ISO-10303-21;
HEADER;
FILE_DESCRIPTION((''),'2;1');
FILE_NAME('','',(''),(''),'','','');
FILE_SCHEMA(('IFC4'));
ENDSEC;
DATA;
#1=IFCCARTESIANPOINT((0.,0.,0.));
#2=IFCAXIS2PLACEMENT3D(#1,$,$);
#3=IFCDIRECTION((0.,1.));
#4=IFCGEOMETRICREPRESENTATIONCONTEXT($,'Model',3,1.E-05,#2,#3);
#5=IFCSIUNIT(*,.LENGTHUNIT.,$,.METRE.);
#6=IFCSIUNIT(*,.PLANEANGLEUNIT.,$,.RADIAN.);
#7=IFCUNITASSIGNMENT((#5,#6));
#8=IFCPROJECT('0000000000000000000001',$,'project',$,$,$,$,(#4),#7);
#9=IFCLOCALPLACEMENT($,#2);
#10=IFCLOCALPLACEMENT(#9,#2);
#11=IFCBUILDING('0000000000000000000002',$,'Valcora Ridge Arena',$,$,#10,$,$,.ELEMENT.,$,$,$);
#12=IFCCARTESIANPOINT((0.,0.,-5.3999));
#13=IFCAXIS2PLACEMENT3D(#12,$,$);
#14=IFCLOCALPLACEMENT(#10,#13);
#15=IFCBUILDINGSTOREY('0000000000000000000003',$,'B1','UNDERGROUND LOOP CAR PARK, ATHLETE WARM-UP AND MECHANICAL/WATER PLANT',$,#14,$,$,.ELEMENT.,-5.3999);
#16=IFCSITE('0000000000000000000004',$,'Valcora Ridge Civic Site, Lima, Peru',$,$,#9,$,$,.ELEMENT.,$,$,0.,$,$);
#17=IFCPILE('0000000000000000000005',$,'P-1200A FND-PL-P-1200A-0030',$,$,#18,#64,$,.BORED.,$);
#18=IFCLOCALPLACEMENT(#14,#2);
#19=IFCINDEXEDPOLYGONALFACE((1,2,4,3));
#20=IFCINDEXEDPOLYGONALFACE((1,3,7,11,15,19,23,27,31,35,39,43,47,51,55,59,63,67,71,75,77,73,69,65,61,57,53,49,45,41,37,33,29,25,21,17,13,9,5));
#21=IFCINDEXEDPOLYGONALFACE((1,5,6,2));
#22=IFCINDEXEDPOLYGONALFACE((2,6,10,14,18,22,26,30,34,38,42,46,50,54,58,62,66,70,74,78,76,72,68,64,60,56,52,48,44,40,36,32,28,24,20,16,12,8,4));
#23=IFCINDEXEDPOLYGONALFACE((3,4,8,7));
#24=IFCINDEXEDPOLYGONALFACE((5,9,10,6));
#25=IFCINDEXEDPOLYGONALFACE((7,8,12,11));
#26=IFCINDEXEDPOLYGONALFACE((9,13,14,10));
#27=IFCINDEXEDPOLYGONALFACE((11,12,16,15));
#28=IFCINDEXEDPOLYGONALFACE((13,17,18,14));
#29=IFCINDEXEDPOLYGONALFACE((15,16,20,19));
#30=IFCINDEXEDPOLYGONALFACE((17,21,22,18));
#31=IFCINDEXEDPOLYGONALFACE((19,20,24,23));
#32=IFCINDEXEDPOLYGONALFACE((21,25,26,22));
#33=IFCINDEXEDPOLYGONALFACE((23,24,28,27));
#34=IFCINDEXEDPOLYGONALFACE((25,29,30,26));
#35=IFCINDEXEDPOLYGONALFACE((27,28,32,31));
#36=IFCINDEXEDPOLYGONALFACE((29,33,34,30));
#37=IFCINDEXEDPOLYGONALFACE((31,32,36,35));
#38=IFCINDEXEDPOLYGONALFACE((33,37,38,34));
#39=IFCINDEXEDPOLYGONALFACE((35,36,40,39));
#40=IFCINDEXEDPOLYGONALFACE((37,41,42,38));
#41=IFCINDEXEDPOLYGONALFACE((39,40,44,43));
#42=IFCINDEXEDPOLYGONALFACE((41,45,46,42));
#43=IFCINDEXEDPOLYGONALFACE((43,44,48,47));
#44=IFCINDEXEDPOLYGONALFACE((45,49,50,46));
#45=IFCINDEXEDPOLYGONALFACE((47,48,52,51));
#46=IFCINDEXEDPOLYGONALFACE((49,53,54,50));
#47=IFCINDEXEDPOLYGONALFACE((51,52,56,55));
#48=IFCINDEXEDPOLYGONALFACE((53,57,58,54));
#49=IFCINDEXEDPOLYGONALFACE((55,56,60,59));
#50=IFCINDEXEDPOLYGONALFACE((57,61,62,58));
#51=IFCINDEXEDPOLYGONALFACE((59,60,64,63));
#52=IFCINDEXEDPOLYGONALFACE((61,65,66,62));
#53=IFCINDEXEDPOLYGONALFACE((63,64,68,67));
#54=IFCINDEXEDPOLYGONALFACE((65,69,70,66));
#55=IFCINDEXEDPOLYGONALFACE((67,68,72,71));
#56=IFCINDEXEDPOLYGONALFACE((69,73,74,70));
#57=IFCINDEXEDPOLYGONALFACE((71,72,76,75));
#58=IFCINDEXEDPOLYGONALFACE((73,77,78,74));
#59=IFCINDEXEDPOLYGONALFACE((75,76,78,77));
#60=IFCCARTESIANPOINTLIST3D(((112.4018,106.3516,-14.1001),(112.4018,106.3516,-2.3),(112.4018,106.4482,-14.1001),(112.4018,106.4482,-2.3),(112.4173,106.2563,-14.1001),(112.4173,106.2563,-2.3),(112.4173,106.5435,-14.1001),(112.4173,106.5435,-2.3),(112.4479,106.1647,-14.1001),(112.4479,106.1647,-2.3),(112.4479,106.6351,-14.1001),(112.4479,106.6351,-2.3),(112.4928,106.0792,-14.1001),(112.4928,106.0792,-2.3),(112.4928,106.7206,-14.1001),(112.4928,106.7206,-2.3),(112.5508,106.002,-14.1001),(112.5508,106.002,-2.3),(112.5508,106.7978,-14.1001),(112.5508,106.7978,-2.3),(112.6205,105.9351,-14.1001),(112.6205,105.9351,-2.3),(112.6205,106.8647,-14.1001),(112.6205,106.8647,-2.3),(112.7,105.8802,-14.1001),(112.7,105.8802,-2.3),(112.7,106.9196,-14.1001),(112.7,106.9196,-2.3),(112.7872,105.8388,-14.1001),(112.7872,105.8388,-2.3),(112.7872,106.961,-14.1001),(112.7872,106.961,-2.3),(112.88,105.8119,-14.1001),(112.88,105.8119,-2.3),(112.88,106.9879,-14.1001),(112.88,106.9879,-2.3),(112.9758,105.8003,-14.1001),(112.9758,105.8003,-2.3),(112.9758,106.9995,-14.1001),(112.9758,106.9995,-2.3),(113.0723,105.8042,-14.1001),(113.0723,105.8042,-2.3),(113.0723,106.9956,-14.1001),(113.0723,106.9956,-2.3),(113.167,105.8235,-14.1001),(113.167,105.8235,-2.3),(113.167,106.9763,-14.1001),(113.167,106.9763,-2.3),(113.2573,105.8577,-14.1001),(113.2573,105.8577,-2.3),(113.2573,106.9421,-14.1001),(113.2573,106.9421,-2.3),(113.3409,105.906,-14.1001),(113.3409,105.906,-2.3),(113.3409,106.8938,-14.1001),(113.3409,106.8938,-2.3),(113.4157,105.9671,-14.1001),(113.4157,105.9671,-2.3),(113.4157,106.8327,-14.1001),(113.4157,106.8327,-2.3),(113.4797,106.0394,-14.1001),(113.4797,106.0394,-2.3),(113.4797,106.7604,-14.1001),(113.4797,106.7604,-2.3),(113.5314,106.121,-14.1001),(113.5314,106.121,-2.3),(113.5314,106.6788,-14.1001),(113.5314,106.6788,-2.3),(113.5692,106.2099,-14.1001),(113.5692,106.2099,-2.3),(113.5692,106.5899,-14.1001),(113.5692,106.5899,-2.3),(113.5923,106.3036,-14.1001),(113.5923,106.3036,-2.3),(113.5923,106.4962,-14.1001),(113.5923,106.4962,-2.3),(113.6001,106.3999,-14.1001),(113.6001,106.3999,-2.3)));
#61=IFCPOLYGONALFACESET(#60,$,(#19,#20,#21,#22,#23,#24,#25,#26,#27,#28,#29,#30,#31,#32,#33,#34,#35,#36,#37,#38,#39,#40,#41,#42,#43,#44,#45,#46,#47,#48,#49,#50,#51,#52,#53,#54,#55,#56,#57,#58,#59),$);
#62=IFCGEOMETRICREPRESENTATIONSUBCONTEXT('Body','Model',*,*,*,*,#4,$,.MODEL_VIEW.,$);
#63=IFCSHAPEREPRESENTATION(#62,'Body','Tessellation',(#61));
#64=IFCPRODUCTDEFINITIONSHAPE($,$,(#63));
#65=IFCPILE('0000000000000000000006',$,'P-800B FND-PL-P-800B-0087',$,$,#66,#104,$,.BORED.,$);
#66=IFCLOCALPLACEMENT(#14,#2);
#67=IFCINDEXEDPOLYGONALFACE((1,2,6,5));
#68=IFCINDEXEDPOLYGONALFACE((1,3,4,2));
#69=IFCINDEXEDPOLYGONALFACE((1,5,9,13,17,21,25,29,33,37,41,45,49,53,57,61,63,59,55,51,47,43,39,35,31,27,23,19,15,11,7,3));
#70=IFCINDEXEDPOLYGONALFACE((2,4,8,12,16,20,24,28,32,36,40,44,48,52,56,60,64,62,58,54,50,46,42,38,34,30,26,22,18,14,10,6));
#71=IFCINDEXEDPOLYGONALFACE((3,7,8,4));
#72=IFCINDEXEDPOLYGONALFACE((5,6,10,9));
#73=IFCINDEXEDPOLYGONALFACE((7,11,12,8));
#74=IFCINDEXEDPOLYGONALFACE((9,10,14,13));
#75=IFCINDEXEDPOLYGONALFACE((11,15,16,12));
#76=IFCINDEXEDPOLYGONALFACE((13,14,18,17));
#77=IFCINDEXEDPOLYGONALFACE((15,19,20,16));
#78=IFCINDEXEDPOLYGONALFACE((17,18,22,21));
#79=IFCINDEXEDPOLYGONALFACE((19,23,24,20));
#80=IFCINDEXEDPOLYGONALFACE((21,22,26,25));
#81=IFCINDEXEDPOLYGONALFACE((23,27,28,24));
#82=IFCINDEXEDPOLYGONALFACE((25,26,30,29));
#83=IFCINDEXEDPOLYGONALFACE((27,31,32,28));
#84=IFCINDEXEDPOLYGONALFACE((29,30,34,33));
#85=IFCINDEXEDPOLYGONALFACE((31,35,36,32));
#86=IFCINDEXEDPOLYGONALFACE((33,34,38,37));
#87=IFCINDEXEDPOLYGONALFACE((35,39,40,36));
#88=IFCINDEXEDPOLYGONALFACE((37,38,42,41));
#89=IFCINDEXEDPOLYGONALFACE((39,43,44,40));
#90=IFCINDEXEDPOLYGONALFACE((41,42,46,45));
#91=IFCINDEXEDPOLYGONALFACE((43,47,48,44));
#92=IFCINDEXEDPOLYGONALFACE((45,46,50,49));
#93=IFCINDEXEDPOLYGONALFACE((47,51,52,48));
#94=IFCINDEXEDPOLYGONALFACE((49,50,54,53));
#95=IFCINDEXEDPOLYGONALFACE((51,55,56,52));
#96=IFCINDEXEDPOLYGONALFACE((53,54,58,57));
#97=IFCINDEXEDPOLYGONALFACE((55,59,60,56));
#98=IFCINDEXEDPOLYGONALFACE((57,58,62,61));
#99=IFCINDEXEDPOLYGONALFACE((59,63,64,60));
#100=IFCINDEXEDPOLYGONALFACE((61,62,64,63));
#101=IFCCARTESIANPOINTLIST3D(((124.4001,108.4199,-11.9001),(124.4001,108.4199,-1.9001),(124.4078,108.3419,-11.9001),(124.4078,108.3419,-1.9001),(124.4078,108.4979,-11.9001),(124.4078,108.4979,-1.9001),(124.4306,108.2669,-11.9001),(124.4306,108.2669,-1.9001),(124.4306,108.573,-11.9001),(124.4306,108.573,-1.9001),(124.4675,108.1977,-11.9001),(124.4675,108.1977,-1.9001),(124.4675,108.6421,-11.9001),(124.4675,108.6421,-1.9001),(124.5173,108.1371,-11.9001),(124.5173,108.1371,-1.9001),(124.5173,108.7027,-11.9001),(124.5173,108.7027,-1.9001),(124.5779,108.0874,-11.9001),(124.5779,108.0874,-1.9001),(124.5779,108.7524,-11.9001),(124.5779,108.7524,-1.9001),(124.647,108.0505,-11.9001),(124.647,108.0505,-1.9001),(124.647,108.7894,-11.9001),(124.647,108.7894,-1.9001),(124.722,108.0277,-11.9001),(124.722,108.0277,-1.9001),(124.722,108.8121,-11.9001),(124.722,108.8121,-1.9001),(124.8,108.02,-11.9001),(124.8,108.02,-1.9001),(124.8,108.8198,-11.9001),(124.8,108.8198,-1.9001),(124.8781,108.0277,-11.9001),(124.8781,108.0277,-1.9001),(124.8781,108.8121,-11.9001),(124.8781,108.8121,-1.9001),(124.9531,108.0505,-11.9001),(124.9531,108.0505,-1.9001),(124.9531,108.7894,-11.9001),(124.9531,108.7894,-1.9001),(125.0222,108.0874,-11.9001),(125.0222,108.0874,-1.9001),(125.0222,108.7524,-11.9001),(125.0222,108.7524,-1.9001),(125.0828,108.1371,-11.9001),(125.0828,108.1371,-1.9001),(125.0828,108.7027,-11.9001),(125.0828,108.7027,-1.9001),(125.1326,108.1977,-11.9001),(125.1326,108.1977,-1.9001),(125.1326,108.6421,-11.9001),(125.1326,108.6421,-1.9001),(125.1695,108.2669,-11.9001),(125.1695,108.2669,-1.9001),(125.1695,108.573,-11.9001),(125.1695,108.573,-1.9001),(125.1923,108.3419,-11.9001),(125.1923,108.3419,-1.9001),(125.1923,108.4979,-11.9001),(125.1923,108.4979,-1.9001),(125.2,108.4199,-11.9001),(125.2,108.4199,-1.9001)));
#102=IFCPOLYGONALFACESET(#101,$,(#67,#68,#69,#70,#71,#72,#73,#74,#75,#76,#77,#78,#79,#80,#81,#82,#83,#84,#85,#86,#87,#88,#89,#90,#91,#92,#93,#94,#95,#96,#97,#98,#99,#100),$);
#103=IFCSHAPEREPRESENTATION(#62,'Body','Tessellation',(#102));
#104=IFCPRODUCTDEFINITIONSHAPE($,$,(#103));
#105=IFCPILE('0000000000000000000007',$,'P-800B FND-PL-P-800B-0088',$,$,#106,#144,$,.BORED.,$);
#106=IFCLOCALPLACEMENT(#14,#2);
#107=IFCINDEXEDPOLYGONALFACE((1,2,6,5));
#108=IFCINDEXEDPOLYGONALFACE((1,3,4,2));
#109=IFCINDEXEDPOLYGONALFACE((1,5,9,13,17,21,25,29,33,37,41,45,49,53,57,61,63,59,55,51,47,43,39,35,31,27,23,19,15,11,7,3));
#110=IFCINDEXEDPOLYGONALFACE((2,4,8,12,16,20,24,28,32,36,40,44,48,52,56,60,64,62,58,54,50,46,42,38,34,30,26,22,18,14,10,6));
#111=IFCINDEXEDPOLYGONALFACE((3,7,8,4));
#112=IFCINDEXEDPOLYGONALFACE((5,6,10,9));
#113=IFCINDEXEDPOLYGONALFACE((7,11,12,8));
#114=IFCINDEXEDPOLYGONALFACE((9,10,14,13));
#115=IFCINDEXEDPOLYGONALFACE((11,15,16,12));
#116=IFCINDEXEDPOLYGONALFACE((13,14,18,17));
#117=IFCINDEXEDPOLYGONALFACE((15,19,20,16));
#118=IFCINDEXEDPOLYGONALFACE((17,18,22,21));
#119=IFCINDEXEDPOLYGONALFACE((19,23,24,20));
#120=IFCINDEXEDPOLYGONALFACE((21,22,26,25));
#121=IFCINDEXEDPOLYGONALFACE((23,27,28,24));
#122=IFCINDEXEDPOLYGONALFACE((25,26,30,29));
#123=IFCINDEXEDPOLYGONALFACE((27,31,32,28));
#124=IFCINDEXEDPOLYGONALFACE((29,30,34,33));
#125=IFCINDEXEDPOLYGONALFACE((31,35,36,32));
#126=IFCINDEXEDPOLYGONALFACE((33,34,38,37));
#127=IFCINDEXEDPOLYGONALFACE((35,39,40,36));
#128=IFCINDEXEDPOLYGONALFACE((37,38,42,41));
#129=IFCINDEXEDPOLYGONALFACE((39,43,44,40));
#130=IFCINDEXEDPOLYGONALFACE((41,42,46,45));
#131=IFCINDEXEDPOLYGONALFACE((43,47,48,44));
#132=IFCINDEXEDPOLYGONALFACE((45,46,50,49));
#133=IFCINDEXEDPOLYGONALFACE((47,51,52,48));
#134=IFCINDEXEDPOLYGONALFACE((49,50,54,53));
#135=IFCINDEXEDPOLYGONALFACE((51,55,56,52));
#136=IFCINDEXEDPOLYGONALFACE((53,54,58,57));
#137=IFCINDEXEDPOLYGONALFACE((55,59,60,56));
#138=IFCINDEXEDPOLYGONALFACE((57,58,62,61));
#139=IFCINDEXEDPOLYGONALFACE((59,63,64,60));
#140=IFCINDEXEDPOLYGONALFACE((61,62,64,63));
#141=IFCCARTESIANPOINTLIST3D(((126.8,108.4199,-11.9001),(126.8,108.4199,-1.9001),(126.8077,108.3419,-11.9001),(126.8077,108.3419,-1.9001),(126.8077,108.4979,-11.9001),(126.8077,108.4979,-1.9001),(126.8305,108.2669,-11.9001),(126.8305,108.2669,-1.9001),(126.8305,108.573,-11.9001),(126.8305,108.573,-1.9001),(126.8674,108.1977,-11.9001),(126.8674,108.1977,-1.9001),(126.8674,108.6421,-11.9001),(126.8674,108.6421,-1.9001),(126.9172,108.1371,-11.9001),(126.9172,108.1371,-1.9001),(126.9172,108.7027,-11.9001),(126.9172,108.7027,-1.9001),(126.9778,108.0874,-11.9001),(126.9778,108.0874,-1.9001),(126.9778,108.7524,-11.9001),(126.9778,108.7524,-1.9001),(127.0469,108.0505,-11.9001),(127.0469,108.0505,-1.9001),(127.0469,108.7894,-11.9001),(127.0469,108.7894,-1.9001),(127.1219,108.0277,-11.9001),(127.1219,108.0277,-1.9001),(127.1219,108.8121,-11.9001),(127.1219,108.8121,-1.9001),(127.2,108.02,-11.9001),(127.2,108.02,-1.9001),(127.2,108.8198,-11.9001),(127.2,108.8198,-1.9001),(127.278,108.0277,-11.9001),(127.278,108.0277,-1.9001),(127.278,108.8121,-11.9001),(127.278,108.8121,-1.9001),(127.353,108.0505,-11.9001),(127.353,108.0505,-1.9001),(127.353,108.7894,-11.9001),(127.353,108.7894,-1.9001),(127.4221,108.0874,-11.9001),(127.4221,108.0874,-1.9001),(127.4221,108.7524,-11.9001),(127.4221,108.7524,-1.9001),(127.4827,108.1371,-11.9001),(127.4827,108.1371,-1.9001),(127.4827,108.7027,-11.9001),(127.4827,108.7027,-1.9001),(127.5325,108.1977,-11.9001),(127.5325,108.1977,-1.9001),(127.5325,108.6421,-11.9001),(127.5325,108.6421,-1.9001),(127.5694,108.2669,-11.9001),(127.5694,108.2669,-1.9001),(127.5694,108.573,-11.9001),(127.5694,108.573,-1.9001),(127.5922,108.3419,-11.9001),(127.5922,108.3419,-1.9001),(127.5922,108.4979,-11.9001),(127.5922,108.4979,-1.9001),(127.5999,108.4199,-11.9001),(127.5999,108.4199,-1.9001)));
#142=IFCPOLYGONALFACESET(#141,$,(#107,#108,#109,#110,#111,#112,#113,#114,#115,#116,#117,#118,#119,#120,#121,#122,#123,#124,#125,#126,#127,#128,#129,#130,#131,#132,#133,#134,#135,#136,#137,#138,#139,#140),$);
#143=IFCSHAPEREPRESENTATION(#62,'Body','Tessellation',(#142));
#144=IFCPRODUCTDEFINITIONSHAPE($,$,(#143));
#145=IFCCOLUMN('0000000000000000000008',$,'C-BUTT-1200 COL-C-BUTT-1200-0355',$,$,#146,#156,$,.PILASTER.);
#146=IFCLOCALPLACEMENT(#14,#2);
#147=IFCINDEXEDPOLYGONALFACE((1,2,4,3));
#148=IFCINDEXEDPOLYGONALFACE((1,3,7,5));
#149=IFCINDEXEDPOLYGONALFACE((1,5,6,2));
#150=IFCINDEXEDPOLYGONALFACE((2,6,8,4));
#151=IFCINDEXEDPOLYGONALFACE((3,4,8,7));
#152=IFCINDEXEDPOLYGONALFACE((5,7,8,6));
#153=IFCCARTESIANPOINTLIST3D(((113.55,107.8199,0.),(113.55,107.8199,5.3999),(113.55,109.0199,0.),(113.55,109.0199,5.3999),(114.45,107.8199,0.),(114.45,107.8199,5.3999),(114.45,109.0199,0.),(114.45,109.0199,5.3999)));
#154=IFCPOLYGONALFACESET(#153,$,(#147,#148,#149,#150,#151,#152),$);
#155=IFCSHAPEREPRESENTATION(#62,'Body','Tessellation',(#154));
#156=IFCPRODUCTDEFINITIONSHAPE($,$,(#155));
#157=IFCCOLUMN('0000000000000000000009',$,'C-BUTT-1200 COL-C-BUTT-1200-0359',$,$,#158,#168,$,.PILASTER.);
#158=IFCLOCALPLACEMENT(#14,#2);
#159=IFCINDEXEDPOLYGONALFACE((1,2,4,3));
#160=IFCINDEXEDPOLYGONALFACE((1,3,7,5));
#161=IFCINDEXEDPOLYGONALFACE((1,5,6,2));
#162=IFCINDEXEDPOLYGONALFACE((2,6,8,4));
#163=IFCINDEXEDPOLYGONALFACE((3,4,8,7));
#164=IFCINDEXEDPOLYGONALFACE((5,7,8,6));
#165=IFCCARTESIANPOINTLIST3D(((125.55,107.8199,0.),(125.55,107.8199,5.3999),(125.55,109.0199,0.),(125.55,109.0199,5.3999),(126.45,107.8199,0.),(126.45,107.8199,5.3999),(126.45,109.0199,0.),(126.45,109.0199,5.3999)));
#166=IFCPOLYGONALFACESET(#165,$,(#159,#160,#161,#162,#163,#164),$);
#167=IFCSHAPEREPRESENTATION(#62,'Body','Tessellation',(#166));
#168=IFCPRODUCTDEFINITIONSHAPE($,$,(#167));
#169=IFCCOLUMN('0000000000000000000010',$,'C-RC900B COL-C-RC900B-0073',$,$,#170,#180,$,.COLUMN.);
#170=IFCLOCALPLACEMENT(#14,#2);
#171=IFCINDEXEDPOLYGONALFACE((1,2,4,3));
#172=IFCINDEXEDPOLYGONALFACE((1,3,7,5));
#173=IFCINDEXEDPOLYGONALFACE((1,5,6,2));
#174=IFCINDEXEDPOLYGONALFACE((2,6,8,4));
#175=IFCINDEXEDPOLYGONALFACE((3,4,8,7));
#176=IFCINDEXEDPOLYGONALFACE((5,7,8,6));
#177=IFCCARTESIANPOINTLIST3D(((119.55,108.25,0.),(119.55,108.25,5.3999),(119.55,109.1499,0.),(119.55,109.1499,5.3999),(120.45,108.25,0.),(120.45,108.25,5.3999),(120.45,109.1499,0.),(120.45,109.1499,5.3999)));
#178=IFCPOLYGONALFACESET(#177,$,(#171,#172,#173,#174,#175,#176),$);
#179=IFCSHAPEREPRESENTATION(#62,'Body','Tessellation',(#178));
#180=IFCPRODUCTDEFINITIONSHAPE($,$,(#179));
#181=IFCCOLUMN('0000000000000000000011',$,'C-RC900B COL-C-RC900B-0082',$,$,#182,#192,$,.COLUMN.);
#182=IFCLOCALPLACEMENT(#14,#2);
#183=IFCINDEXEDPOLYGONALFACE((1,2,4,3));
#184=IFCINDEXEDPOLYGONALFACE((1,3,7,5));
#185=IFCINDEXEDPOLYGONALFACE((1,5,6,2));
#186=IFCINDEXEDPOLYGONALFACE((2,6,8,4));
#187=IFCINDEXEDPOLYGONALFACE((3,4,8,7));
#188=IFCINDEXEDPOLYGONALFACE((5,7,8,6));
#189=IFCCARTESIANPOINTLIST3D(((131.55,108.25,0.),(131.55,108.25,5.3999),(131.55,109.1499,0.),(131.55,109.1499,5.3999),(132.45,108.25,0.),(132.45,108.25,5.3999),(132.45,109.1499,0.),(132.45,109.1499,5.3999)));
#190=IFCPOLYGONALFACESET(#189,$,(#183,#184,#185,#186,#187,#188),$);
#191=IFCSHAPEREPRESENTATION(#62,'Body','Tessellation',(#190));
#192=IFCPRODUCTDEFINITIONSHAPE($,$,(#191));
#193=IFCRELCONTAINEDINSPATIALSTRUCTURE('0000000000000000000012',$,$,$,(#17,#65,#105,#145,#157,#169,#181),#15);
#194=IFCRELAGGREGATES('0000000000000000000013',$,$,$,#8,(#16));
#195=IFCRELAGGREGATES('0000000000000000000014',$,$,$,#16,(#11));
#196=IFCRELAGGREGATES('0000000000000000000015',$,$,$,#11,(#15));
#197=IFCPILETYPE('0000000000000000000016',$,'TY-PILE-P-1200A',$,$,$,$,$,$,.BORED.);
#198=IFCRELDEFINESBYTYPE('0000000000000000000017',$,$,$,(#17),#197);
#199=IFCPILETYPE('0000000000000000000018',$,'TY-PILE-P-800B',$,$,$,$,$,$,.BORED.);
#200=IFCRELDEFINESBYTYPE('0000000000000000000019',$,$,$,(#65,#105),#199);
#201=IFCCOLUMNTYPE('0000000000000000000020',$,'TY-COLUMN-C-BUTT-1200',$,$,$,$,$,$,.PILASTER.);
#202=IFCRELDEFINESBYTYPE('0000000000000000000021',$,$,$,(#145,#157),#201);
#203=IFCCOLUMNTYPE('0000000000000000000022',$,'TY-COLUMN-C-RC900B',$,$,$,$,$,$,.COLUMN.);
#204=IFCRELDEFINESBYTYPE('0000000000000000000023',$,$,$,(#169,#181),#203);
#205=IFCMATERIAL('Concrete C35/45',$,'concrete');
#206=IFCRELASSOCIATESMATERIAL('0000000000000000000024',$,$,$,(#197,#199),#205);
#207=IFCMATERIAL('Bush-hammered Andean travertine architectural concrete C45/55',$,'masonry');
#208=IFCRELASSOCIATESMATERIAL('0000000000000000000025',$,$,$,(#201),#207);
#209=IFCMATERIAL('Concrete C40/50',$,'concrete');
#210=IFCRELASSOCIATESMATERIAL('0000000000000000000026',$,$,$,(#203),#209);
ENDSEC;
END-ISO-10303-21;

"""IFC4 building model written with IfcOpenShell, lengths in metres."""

from ifc_helpers import new_model, si_unit, direction, frame, origin, origin_2d, place, context, subcontext, project, spatial, rectangle, circle, extrude, material, material_profile, profile_set, type_object, element, save


model = new_model("IFC4")

# Units and contexts
model_context = context("Model", 3, precision=1e-05, world=origin(), true_north=direction((0.0, 1.0)))
body_context = subcontext(model_context, "Body", "Model", "MODEL_VIEW")
ifc_project = project(units=[si_unit("LENGTHUNIT", "METRE"), si_unit("PLANEANGLEUNIT", "RADIAN")], contexts=[model_context])

# Site, building, storey
site_placement = place(None, origin())
site = spatial("IfcSite", under=ifc_project, at=site_placement, Name="Valcora Ridge Civic Site, Lima, Peru", CompositionType="ELEMENT", RefElevation=0.0)
building_placement = place(site_placement, origin())
building = spatial("IfcBuilding", under=site, at=building_placement, Name="Valcora Ridge Arena", CompositionType="ELEMENT")
storey_placement = place(building_placement, frame((0.0, 0.0, -5.3999)))
storey = spatial("IfcBuildingStorey", under=building, at=storey_placement, Name="B1", Description="UNDERGROUND LOOP CAR PARK, ATHLETE WARM-UP AND MECHANICAL/WATER PLANT", CompositionType="ELEMENT", Elevation=-5.3999)

# Shared definitions
ifc_material_1 = material(Name="Concrete C40/50", Category="concrete")

# Piles
ifc_material_2 = material(Name="Concrete C35/45", Category="concrete")
ifc_material_profile_1 = material_profile(ifc_material_2, circle(Radius=0.6001, at=origin_2d()), Name="BORED PILE D1200")
ifc_profile_set_1 = profile_set([ifc_material_profile_1], Name="Concrete C35/45")
pile_type_1 = type_object("IfcPileType", Name="TY-PILE-P-1200A", PredefinedType="BORED", material=ifc_profile_set_1)
for number, where, z_axis, x_axis, name in (
    (1, (113.0, 106.3999, -2.3), (0.0, 0.0, -1.0), (1.0, 0.0, 0.0), "P-1200A FND-PL-P-1200A-0030"),
):
    element("IfcPile", number, at=place(storey_placement, frame(where, z_axis=z_axis, x_axis=x_axis)), inside=storey, type_object=pile_type_1, Name=name, PredefinedType="BORED", context=body_context, shape_type="SweptSolid", body=[
        extrude(circle(Radius=0.6001, at=origin_2d()), origin(), (0.0, 0.0, 1.0), 11.8),
    ])
ifc_material_profile_2 = material_profile(ifc_material_2, circle(Radius=0.3999, at=origin_2d()), Name="BORED PILE D800")
ifc_profile_set_2 = profile_set([ifc_material_profile_2], Name="Concrete C35/45")
pile_type_2 = type_object("IfcPileType", Name="TY-PILE-P-800B", PredefinedType="BORED", material=ifc_profile_set_2)
for number, where, z_axis, x_axis, name in (
    (2, (124.8, 108.4199, -1.9001), (0.0, 0.0, -1.0), (1.0, 0.0, 0.0), "P-800B FND-PL-P-800B-0087"),
    (3, (127.2, 108.4199, -1.9001), (0.0, 0.0, -1.0), (1.0, 0.0, 0.0), "P-800B FND-PL-P-800B-0088"),
):
    element("IfcPile", number, at=place(storey_placement, frame(where, z_axis=z_axis, x_axis=x_axis)), inside=storey, type_object=pile_type_2, Name=name, PredefinedType="BORED", context=body_context, shape_type="SweptSolid", body=[
        extrude(circle(Radius=0.3999, at=origin_2d()), origin(), (0.0, 0.0, 1.0), 10.0),
    ])

# Columns
ifc_material_3 = material(Name="Bush-hammered Andean travertine architectural concrete C45/55", Category="masonry")
ifc_material_profile_3 = material_profile(ifc_material_3, rectangle(XDim=0.8999, YDim=1.2, at=origin_2d()), Name="RC 900x1200")
ifc_profile_set_3 = profile_set([ifc_material_profile_3], Name="Bush-hammered Andean travertine architectural concrete C45/55")
column_type_1 = type_object("IfcColumnType", Name="TY-COLUMN-C-BUTT-1200", PredefinedType="PILASTER", material=ifc_profile_set_3)
for number, where, z_axis, x_axis, name in (
    (4, (114.0, 108.4199, 0.0), (0.0, 0.0, 1.0), (1.0, 0.0, 0.0), "C-BUTT-1200 COL-C-BUTT-1200-0355"),
    (5, (126.0, 108.4199, 0.0), (0.0, 0.0, 1.0), (1.0, 0.0, 0.0), "C-BUTT-1200 COL-C-BUTT-1200-0359"),
):
    element("IfcColumn", number, at=place(storey_placement, frame(where, z_axis=z_axis, x_axis=x_axis)), inside=storey, type_object=column_type_1, Name=name, PredefinedType="PILASTER", context=body_context, shape_type="SweptSolid", body=[
        extrude(rectangle(XDim=0.8999, YDim=1.2, at=origin_2d()), origin(), (0.0, 0.0, 1.0), 5.3999),
    ])
ifc_material_profile_4 = material_profile(ifc_material_1, rectangle(XDim=0.8999, YDim=0.8999, at=origin_2d()), Name="RC 900x900")
ifc_profile_set_4 = profile_set([ifc_material_profile_4], Name="Concrete C40/50")
column_type_2 = type_object("IfcColumnType", Name="TY-COLUMN-C-RC900B", PredefinedType="COLUMN", material=ifc_profile_set_4)
for number, where, z_axis, x_axis, name in (
    (6, (120.0, 108.7, 0.0), (0.0, 0.0, 1.0), (1.0, 0.0, 0.0), "C-RC900B COL-C-RC900B-0073"),
    (7, (132.0, 108.7, 0.0), (0.0, 0.0, 1.0), (1.0, 0.0, 0.0), "C-RC900B COL-C-RC900B-0082"),
):
    element("IfcColumn", number, at=place(storey_placement, frame(where, z_axis=z_axis, x_axis=x_axis)), inside=storey, type_object=column_type_2, Name=name, PredefinedType="COLUMN", context=body_context, shape_type="SweptSolid", body=[
        extrude(rectangle(XDim=0.8999, YDim=0.8999, at=origin_2d()), origin(), (0.0, 0.0, 1.0), 5.3999),
    ])

save(model, "model.ifc")
